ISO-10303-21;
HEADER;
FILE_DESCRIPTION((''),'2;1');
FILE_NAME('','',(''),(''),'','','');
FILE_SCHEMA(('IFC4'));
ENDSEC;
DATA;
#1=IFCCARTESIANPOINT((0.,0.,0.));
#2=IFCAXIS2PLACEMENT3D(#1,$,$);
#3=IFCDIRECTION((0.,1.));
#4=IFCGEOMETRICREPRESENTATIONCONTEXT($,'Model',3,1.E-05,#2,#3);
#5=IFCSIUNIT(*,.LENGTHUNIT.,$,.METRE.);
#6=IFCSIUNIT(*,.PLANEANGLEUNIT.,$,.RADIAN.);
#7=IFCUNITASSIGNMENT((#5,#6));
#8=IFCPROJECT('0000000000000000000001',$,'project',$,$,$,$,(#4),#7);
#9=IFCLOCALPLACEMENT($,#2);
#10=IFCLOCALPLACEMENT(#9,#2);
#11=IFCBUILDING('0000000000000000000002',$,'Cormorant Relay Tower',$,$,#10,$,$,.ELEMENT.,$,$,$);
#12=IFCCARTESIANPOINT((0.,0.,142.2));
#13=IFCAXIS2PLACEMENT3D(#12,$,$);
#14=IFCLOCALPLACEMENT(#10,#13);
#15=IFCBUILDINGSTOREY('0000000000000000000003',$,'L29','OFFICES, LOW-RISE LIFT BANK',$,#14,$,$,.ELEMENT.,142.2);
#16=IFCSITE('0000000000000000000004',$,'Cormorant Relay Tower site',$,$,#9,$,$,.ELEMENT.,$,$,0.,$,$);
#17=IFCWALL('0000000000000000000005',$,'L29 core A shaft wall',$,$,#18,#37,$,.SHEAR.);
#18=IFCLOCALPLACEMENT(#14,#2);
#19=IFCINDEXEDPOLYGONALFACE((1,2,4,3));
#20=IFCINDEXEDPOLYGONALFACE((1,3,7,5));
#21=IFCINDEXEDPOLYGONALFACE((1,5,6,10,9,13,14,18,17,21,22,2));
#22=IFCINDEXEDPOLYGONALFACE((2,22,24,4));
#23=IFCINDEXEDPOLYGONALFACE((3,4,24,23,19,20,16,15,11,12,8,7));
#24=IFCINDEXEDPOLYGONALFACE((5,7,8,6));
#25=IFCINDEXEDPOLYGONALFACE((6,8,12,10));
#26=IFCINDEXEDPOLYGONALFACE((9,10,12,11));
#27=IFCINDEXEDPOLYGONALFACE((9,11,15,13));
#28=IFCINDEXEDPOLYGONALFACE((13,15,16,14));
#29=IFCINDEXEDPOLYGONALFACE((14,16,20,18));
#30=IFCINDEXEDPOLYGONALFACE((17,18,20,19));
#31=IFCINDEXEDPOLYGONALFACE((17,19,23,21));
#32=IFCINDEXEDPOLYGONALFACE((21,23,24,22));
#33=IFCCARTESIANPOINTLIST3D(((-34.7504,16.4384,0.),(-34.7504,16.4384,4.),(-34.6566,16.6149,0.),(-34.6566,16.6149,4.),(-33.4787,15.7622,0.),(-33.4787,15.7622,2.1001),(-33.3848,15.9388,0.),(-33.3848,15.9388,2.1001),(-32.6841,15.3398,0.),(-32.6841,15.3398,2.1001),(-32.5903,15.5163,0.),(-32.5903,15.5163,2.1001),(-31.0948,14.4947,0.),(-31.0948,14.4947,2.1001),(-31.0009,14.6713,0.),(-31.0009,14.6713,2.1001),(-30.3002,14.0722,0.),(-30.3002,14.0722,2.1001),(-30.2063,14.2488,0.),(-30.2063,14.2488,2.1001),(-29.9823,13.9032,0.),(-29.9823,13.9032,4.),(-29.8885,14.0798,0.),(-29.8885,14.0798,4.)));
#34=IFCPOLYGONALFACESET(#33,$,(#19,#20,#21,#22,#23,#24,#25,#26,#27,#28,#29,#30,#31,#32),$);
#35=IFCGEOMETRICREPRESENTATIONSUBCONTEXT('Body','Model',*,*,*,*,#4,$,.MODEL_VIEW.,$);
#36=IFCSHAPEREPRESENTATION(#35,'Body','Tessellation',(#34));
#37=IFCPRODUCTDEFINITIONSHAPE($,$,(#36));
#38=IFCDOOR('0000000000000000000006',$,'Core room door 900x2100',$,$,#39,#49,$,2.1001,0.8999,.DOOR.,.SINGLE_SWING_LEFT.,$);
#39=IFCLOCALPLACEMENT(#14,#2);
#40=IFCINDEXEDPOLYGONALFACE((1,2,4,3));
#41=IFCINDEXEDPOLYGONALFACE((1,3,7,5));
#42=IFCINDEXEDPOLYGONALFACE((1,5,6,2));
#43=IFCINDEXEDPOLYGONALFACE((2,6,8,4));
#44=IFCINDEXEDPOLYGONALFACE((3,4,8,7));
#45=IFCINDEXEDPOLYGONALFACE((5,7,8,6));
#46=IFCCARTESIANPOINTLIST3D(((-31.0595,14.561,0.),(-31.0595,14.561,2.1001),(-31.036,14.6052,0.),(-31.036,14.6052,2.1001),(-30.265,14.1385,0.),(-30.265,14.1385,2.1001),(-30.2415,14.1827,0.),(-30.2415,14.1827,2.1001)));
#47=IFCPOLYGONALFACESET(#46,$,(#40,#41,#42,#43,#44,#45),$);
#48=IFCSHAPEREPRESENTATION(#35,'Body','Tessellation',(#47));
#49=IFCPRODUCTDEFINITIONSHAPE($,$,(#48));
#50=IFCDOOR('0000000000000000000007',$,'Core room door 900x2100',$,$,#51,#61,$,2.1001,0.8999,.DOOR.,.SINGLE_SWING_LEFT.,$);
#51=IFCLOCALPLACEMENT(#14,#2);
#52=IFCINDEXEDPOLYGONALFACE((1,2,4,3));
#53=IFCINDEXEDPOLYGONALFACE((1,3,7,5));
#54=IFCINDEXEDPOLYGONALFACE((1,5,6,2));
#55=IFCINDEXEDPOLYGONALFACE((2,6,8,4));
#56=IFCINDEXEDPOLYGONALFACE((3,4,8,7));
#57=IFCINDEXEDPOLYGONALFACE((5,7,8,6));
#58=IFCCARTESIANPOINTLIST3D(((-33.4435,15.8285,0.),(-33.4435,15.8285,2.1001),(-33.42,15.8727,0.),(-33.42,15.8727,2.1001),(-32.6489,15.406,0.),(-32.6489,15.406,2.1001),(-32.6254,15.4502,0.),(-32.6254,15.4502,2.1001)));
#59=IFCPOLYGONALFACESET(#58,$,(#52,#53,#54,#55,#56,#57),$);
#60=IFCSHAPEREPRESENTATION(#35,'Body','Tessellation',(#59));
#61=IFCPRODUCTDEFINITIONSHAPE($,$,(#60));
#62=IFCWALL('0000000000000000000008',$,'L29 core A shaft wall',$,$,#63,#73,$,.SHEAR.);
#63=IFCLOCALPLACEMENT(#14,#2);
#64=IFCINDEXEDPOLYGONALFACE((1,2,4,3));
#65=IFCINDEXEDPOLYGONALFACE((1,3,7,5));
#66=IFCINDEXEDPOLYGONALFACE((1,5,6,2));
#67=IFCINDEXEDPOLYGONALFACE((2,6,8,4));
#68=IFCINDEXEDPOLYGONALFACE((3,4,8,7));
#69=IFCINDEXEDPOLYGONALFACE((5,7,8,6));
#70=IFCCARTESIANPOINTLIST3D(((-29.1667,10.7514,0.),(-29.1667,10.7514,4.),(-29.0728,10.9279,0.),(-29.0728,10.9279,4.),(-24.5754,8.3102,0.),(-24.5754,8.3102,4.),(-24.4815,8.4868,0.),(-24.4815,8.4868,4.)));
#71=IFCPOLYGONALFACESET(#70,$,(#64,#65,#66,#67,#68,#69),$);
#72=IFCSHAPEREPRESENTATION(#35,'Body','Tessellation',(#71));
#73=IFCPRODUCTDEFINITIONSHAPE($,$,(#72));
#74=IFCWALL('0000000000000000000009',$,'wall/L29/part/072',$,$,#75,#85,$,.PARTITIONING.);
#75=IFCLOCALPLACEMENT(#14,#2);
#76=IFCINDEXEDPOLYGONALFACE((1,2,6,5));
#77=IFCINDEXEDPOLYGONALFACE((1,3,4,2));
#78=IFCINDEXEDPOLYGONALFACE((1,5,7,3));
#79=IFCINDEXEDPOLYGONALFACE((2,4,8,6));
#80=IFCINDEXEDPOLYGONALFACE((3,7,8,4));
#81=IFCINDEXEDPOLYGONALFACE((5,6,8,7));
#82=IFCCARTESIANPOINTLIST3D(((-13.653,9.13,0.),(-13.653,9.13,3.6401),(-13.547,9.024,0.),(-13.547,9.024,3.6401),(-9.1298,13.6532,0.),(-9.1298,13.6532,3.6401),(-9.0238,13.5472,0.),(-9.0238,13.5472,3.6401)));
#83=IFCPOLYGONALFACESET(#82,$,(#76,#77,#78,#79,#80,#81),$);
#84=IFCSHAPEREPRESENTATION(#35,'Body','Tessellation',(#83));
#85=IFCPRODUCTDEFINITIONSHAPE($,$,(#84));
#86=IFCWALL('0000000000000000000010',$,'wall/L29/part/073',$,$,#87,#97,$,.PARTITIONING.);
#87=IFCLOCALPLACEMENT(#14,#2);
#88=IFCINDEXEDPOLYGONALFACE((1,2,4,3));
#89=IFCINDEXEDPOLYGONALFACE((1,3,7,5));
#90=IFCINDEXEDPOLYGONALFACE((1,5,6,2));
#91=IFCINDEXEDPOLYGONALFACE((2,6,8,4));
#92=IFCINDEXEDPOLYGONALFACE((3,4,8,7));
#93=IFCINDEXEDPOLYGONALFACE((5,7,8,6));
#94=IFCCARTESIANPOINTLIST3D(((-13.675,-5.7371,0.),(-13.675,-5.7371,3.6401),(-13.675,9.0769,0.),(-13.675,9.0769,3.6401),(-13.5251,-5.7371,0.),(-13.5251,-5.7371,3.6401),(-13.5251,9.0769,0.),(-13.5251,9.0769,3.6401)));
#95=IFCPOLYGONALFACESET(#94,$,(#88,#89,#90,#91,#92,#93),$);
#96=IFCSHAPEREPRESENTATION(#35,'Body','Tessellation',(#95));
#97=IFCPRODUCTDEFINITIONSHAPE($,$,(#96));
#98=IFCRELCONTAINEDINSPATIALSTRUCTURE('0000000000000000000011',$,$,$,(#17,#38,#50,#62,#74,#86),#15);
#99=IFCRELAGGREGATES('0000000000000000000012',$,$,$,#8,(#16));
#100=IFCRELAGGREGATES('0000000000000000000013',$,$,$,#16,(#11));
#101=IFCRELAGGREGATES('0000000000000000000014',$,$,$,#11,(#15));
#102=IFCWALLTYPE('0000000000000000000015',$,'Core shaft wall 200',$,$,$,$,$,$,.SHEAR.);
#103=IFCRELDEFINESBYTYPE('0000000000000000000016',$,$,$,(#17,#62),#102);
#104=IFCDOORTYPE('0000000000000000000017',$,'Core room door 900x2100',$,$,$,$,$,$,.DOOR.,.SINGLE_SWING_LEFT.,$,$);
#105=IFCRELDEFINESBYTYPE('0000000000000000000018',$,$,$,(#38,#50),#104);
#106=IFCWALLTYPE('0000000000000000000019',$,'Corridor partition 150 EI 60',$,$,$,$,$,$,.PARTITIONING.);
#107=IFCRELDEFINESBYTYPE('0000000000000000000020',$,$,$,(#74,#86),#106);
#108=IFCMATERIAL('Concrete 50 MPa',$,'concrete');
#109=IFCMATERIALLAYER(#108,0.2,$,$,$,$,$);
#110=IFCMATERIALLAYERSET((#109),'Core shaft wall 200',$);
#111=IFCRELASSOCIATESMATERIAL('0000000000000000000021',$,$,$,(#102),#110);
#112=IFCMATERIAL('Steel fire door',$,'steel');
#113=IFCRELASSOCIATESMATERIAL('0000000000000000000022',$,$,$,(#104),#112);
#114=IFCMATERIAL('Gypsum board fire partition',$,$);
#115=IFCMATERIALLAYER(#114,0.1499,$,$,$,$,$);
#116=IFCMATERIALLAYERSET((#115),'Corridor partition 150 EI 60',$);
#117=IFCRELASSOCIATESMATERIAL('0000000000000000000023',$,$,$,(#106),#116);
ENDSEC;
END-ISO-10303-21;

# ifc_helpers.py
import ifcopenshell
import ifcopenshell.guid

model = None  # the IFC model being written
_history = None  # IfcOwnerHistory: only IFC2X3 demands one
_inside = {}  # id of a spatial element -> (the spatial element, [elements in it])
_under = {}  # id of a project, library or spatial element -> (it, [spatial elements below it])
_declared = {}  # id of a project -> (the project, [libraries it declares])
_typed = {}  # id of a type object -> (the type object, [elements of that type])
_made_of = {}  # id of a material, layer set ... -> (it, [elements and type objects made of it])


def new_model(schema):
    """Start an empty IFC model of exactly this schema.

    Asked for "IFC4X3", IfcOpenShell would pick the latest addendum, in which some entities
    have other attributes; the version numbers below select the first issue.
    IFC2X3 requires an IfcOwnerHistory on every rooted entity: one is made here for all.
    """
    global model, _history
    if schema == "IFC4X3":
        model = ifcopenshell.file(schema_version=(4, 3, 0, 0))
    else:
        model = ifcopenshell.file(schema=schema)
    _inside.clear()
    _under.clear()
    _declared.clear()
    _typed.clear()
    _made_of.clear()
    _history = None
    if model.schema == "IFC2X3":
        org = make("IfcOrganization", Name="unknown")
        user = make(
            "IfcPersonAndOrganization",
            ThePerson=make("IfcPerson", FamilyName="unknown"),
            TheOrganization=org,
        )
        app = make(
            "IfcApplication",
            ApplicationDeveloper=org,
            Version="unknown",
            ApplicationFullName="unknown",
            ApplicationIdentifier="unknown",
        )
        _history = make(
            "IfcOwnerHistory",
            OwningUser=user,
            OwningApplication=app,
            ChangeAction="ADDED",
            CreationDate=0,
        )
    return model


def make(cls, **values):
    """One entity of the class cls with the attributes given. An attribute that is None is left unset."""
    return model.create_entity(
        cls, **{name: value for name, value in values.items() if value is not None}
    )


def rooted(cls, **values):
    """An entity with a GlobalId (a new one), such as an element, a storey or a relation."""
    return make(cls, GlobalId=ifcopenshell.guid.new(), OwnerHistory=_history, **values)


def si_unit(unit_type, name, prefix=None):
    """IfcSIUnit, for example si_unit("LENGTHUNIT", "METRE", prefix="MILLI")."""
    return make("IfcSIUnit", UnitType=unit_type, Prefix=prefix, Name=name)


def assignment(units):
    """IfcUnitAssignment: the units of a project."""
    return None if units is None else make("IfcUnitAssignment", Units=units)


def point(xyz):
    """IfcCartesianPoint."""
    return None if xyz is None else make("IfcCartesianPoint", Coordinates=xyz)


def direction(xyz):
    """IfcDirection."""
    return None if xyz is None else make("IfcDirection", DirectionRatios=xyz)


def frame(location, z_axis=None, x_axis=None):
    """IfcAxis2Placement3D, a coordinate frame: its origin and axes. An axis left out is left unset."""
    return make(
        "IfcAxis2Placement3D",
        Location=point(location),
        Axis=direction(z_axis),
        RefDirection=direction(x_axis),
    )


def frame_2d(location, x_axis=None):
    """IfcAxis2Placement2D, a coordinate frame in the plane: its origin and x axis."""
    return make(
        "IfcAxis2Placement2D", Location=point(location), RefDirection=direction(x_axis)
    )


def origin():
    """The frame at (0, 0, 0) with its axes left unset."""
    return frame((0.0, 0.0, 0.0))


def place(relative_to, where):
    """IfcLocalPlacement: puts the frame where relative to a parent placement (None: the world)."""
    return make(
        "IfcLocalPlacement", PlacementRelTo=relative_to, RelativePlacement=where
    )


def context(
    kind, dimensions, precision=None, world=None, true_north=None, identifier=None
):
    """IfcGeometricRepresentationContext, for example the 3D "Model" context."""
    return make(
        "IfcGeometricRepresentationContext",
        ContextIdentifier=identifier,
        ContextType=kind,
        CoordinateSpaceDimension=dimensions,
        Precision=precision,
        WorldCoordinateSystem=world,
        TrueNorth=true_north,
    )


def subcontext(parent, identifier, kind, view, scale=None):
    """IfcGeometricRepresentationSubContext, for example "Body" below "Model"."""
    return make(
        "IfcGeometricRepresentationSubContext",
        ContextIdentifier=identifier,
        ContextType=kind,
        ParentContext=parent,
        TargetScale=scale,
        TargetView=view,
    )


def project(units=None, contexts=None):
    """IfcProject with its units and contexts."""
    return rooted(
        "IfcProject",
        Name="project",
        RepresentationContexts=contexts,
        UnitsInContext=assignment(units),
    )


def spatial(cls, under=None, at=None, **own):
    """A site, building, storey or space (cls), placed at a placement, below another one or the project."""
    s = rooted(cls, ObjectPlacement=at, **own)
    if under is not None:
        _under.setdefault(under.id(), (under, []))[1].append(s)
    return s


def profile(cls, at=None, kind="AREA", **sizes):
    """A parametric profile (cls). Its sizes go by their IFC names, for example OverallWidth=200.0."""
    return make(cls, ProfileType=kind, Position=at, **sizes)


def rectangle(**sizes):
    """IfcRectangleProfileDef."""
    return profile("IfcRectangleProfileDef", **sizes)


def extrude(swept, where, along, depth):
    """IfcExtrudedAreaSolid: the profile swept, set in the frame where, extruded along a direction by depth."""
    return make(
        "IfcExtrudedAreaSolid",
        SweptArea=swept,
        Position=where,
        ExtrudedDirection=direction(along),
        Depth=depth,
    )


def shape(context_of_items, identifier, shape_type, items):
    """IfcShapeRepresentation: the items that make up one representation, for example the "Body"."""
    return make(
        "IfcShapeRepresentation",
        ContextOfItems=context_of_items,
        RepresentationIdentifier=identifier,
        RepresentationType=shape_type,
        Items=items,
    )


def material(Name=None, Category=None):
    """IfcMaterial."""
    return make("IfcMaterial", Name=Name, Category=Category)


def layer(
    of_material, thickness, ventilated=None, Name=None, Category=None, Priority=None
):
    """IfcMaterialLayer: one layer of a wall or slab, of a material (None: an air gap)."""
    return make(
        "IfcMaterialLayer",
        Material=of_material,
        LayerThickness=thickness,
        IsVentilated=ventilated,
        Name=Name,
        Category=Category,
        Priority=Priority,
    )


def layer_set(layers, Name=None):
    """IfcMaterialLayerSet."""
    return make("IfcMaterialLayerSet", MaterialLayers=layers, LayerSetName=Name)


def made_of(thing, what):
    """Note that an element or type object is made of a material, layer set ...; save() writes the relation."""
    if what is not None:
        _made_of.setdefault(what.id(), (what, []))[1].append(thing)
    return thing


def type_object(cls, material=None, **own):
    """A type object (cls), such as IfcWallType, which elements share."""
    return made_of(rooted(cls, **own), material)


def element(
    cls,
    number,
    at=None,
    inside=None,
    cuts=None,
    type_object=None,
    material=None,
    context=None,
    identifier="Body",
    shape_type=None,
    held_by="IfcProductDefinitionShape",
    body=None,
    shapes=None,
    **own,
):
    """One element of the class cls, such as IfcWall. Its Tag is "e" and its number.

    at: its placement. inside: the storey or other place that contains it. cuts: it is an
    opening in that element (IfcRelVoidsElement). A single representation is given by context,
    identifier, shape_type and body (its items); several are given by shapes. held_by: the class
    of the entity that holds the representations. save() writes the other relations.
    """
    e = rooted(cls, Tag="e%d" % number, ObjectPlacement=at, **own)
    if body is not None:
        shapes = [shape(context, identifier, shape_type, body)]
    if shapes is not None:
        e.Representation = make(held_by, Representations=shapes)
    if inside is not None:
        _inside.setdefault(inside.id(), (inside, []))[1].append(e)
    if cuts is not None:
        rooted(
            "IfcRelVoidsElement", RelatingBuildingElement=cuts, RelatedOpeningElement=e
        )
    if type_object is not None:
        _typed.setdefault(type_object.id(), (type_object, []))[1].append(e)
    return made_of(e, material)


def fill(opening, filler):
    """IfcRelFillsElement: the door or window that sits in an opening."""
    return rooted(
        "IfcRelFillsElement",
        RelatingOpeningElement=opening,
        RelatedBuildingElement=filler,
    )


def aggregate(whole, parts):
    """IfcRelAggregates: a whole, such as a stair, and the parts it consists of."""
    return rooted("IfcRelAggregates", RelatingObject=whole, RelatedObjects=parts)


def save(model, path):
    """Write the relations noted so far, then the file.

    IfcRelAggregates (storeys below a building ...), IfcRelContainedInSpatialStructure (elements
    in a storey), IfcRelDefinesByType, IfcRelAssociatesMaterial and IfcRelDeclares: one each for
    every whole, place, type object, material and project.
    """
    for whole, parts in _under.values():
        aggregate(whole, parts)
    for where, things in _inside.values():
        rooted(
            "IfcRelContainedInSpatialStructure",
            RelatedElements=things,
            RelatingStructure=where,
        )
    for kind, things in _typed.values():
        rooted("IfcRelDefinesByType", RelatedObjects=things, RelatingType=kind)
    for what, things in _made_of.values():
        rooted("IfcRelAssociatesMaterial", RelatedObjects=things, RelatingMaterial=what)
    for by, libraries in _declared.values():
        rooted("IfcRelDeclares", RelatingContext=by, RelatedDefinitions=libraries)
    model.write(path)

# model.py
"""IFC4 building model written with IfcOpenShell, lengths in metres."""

from ifc_helpers import new_model, si_unit, direction, frame, frame_2d, origin, place, context, subcontext, project, spatial, rectangle, extrude, material, layer, layer_set, type_object, element, fill, save


model = new_model("IFC4")

# Units and contexts
model_context = context("Model", 3, precision=1e-05, world=origin(), true_north=direction((0.0, 1.0)))
body_context = subcontext(model_context, "Body", "Model", "MODEL_VIEW")
ifc_project = project(units=[si_unit("LENGTHUNIT", "METRE"), si_unit("PLANEANGLEUNIT", "RADIAN")], contexts=[model_context])

# Site, building, storey
site_placement = place(None, origin())
site = spatial("IfcSite", under=ifc_project, at=site_placement, Name="Cormorant Relay Tower site", CompositionType="ELEMENT", RefElevation=0.0)
building_placement = place(site_placement, origin())
building = spatial("IfcBuilding", under=site, at=building_placement, Name="Cormorant Relay Tower", CompositionType="ELEMENT")
storey_placement = place(building_placement, frame((0.0, 0.0, 142.2)))
storey = spatial("IfcBuildingStorey", under=building, at=storey_placement, Name="L29", Description="OFFICES, LOW-RISE LIFT BANK", CompositionType="ELEMENT", Elevation=142.2)

# Shared definitions
ifc_material_1 = material(Name="Concrete 50 MPa", Category="concrete")
ifc_layer_1 = layer(ifc_material_1, 0.2)
ifc_layer_set_1 = layer_set([ifc_layer_1], Name="Core shaft wall 200")
wall_type_1 = type_object("IfcWallType", Name="Core shaft wall 200", PredefinedType="SHEAR", material=ifc_layer_set_1)

# Shared definitions
ifc_material_2 = material(Name="Steel fire door", Category="steel")
door_type_1 = type_object("IfcDoorType", Name="Core room door 900x2100", OperationType="SINGLE_SWING_LEFT", PredefinedType="DOOR", material=ifc_material_2)

# Wall, openings, doors
wall_1_placement = place(storey_placement, frame((-29.9353, 13.9915, 0.0), z_axis=(0.0, 0.0, 1.0), x_axis=(-0.882953, 0.469462, 0.0)))
wall_1 = element("IfcWall", 1, at=wall_1_placement, inside=storey, type_object=wall_type_1, Name="L29 core A shaft wall", PredefinedType="SHEAR", context=body_context, shape_type="SweptSolid", body=[
    extrude(rectangle(XDim=5.4001, YDim=0.2, at=frame_2d((2.7002, 0.0))), origin(), (0.0, 0.0, 1.0), 4.0),
])
opening_1_placement = place(wall_1_placement, frame((0.3601, 0.0, 0.0)))
opening_1 = element("IfcOpeningElement", 2, at=opening_1_placement, cuts=wall_1, PredefinedType="OPENING", context=body_context, shape_type="SweptSolid", body=[
    extrude(rectangle(XDim=0.8999, YDim=2.1001, at=frame_2d((0.45, 1.05))), frame((0.0, 0.1099, 0.0), z_axis=(0.0, -1.0, 0.0), x_axis=(1.0, 0.0, 0.0)), (0.0, 0.0, 1.0), 0.22),
])
opening_2_placement = place(wall_1_placement, frame((3.0601, 0.0, 0.0)))
opening_2 = element("IfcOpeningElement", 3, at=opening_2_placement, cuts=wall_1, PredefinedType="OPENING", context=body_context, shape_type="SweptSolid", body=[
    extrude(rectangle(XDim=0.8999, YDim=2.1001, at=frame_2d((0.45, 1.05))), frame((0.0, 0.1099, 0.0), z_axis=(0.0, -1.0, 0.0), x_axis=(1.0, 0.0, 0.0)), (0.0, 0.0, 1.0), 0.22),
])
door_1_placement = place(opening_1_placement, origin())
door_1 = element("IfcDoor", 4, at=door_1_placement, inside=storey, type_object=door_type_1, Name="Core room door 900x2100", OperationType="SINGLE_SWING_LEFT", OverallHeight=2.1001, OverallWidth=0.8999, PredefinedType="DOOR", context=body_context, shape_type="SweptSolid", body=[
    extrude(rectangle(XDim=0.8999, YDim=2.1001, at=frame_2d((0.45, 1.05))), frame((0.0, 0.0249, 0.0), z_axis=(0.0, -1.0, 0.0), x_axis=(1.0, 0.0, 0.0)), (0.0, 0.0, 1.0), 0.05),
])
fill(opening_1, door_1)
door_2_placement = place(opening_2_placement, origin())
door_2 = element("IfcDoor", 5, at=door_2_placement, inside=storey, type_object=door_type_1, Name="Core room door 900x2100", OperationType="SINGLE_SWING_LEFT", OverallHeight=2.1001, OverallWidth=0.8999, PredefinedType="DOOR", context=body_context, shape_type="SweptSolid", body=[
    extrude(rectangle(XDim=0.8999, YDim=2.1001, at=frame_2d((0.45, 1.05))), frame((0.0, 0.0249, 0.0), z_axis=(0.0, -1.0, 0.0), x_axis=(1.0, 0.0, 0.0)), (0.0, 0.0, 1.0), 0.05),
])
fill(opening_2, door_2)

# Walls
wall_2_placement = place(storey_placement, frame((-24.5283, 8.3984, 0.0), z_axis=(0.0, 0.0, 1.0), x_axis=(-0.882954, 0.46946, 0.0)))
element("IfcWall", 6, at=wall_2_placement, inside=storey, type_object=wall_type_1, Name="L29 core A shaft wall", PredefinedType="SHEAR", context=body_context, shape_type="SweptSolid", body=[
    extrude(rectangle(XDim=5.2, YDim=0.2, at=frame_2d((2.6001, 0.0))), origin(), (0.0, 0.0, 1.0), 4.0),
])
ifc_material_3 = material(Name="Gypsum board fire partition")
ifc_layer_2 = layer(ifc_material_3, 0.1499)
ifc_layer_set_2 = layer_set([ifc_layer_2], Name="Corridor partition 150 EI 60")
wall_type_2 = type_object("IfcWallType", Name="Corridor partition 150 EI 60", PredefinedType="PARTITIONING", material=ifc_layer_set_2)
wall_3_placement = place(storey_placement, frame((-9.0769, 13.6001, 0.0), z_axis=(0.0, 0.0, 1.0), x_axis=(-0.707107, -0.707107, 0.0)))
element("IfcWall", 7, at=wall_3_placement, inside=storey, type_object=wall_type_2, Name="wall/L29/part/072", PredefinedType="PARTITIONING", context=body_context, shape_type="SweptSolid", body=[
    extrude(rectangle(XDim=6.3967, YDim=0.1499, at=frame_2d((3.1982, 0.0))), origin(), (0.0, 0.0, 1.0), 3.6401),
])
wall_4_placement = place(storey_placement, frame((-13.6001, 9.0769, 0.0), z_axis=(0.0, 0.0, 1.0), x_axis=(0.0, -1.0, 0.0)))
element("IfcWall", 8, at=wall_4_placement, inside=storey, type_object=wall_type_2, Name="wall/L29/part/073", PredefinedType="PARTITIONING", context=body_context, shape_type="SweptSolid", body=[
    extrude(rectangle(XDim=14.814, YDim=0.1499, at=frame_2d((7.407, 0.0))), origin(), (0.0, 0.0, 1.0), 3.6401),
])

save(model, "model.ifc")
